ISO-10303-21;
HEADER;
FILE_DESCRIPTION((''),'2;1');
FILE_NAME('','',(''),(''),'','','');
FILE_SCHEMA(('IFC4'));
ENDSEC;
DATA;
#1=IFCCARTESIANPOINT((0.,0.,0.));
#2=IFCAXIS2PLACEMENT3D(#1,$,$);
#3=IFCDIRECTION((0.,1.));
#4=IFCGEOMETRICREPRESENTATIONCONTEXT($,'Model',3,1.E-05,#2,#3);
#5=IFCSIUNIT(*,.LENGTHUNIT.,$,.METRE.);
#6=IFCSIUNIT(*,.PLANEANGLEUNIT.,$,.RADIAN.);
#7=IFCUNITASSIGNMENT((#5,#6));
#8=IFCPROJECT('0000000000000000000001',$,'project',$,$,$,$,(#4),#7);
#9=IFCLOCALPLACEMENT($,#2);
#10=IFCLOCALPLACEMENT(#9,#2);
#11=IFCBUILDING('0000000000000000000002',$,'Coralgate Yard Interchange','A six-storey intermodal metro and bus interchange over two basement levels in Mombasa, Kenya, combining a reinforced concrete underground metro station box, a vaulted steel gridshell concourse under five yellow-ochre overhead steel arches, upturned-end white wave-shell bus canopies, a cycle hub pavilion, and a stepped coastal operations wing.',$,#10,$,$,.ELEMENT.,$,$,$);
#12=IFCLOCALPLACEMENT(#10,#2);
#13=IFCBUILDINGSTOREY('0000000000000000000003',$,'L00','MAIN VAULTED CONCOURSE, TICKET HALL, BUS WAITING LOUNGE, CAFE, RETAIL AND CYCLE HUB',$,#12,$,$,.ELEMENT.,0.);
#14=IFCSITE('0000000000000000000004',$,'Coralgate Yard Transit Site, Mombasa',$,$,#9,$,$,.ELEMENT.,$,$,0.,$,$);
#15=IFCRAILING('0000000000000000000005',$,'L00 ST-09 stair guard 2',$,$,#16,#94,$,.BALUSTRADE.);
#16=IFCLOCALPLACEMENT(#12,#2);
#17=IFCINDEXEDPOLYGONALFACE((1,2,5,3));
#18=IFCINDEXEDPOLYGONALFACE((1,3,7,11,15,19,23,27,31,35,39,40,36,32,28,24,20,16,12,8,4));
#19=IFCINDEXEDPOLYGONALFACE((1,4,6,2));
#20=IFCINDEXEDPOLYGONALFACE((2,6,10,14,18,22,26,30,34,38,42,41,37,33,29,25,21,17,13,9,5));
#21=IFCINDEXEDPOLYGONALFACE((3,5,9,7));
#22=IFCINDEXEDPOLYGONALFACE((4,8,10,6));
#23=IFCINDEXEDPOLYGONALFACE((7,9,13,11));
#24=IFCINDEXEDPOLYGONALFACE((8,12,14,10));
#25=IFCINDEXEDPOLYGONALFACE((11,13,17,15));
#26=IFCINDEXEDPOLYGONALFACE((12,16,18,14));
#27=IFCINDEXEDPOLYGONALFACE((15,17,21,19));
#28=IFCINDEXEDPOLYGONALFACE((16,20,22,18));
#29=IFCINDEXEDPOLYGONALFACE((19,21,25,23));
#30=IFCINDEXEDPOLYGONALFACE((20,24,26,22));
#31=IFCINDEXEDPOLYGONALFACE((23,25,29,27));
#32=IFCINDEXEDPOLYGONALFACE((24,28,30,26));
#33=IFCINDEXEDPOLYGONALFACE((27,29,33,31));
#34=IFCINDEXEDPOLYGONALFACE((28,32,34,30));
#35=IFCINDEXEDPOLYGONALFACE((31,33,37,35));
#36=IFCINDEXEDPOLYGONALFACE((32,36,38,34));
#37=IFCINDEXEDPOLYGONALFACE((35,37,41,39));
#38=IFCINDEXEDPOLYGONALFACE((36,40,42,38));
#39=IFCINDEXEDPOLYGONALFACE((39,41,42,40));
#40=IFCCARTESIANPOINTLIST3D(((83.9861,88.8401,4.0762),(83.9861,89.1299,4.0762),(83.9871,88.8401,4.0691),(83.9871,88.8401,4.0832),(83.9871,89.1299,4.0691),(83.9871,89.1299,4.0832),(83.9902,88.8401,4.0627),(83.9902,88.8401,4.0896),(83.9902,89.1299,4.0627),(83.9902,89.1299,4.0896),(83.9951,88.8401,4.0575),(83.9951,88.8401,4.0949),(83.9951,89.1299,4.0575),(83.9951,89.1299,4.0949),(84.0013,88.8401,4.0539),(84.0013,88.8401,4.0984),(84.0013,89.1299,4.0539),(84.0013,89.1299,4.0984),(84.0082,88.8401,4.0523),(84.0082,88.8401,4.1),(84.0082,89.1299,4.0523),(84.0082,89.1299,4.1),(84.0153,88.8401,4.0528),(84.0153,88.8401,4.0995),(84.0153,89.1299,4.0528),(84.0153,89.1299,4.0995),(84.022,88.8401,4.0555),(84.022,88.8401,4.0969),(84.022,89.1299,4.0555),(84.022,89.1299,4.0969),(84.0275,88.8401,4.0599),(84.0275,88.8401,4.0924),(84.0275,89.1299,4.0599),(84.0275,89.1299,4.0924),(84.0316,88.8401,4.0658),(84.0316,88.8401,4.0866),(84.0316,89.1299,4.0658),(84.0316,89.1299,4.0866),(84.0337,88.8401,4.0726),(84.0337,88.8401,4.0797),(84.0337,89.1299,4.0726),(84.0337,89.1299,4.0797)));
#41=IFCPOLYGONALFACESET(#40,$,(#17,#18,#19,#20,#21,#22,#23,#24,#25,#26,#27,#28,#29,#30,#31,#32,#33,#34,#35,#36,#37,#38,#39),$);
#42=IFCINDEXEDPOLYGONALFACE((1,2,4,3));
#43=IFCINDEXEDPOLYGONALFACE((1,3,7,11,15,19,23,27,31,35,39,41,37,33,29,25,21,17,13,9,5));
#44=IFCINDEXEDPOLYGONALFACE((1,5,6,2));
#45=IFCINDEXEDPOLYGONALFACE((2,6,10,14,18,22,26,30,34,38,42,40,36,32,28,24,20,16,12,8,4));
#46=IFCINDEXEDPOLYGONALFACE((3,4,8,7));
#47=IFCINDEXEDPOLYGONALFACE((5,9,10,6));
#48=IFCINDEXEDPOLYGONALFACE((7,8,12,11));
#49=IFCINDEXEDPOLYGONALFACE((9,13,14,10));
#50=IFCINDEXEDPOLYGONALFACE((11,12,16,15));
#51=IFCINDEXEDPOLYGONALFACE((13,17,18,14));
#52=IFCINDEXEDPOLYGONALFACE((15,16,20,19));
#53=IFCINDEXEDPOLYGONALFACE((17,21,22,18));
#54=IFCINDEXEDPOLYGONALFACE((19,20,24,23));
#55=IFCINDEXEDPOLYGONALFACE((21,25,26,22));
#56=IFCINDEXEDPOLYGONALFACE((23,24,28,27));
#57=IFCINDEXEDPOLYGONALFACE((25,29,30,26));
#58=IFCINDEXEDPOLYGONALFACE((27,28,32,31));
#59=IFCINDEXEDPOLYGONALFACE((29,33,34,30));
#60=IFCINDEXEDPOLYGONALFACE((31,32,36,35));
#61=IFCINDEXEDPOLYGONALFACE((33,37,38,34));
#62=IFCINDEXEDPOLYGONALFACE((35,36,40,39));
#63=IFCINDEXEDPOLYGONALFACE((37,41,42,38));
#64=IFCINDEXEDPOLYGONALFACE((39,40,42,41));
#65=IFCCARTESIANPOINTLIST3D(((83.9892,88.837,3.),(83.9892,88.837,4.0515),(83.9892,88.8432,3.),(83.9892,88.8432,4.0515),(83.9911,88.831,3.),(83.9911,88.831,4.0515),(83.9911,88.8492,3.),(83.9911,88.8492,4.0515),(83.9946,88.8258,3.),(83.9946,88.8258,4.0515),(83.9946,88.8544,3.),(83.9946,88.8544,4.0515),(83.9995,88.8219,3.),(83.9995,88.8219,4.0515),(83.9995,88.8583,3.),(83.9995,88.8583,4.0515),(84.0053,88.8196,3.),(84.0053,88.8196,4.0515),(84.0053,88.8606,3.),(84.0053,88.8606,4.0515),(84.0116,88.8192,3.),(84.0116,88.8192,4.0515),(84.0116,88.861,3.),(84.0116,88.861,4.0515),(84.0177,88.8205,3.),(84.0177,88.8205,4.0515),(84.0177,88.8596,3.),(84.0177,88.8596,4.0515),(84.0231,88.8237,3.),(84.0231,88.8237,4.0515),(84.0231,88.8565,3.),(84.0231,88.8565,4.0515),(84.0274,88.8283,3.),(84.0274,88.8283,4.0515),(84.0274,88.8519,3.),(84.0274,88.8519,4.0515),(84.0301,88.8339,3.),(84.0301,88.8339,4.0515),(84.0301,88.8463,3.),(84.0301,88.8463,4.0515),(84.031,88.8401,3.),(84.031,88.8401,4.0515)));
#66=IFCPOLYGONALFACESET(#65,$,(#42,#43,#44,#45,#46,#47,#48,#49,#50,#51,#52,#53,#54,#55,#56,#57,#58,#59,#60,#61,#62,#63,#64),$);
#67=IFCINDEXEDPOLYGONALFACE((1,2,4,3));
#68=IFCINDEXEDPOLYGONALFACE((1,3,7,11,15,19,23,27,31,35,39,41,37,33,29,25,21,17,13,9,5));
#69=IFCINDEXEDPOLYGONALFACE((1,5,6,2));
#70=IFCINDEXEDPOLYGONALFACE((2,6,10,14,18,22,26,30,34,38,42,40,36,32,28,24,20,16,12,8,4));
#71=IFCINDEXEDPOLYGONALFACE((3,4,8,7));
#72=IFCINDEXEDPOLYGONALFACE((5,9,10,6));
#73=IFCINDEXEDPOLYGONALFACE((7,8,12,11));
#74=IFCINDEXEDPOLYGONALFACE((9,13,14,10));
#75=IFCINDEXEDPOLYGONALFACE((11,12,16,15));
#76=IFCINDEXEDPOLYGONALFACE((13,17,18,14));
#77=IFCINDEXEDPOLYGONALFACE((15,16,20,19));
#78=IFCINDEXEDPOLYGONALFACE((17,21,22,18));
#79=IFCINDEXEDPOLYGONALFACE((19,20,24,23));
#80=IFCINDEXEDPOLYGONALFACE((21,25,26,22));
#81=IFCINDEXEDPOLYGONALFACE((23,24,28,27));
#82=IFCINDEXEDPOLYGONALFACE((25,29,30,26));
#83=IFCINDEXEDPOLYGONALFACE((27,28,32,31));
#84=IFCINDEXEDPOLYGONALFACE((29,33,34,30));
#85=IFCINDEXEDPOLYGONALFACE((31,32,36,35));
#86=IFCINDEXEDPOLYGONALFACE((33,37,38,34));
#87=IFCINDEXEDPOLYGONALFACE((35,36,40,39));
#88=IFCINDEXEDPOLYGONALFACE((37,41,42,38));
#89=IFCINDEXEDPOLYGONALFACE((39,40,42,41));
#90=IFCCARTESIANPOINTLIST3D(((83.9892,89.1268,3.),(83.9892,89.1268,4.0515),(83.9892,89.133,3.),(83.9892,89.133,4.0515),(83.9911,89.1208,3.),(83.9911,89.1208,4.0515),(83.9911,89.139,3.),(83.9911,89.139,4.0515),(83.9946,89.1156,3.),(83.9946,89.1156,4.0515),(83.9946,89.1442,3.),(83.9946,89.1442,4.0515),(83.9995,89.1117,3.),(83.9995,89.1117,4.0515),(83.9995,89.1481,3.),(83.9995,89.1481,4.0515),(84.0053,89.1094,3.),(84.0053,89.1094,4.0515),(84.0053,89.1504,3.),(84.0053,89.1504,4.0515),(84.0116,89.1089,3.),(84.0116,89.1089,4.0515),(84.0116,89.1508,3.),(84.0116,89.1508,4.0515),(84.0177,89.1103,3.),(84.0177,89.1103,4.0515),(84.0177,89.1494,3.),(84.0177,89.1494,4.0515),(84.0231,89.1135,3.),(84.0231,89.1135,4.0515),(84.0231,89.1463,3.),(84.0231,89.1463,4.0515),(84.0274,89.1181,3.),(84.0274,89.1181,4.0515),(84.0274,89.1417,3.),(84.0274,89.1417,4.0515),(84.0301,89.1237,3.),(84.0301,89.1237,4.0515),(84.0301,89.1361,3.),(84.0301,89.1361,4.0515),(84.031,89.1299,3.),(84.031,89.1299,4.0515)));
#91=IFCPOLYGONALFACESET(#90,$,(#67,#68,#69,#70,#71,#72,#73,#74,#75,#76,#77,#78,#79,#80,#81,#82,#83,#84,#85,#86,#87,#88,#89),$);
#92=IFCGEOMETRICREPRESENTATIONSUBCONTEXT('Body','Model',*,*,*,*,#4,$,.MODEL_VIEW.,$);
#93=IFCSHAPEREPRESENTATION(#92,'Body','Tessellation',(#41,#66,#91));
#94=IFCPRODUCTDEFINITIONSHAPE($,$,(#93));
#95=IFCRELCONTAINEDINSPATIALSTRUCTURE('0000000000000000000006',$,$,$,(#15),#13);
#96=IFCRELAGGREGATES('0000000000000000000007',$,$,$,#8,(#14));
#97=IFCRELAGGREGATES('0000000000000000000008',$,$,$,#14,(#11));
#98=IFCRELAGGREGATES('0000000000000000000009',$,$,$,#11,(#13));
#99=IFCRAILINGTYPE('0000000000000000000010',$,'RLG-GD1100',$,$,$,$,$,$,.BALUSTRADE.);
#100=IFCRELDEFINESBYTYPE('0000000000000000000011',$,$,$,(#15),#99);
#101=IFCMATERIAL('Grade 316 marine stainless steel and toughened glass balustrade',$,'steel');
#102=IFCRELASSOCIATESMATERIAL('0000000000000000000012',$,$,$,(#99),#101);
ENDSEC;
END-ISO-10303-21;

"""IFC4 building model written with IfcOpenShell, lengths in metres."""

from ifc_helpers import new_model, si_unit, direction, frame, origin, origin_2d, place, context, subcontext, project, spatial, circle, extrude, material, type_object, element, save


model = new_model("IFC4")

# Units and contexts
model_context = context("Model", 3, precision=1e-05, world=origin(), true_north=direction((0.0, 1.0)))
body_context = subcontext(model_context, "Body", "Model", "MODEL_VIEW")
ifc_project = project(units=[si_unit("LENGTHUNIT", "METRE"), si_unit("PLANEANGLEUNIT", "RADIAN")], contexts=[model_context])

# Site, building, storey
site_placement = place(None, origin())
site = spatial("IfcSite", under=ifc_project, at=site_placement, Name="Coralgate Yard Transit Site, Mombasa", CompositionType="ELEMENT", RefElevation=0.0)
building_placement = place(site_placement, origin())
building = spatial("IfcBuilding", under=site, at=building_placement, Name="Coralgate Yard Interchange", Description="A six-storey intermodal metro and bus interchange over two basement levels in Mombasa, Kenya, combining a reinforced concrete underground metro station box, a vaulted steel gridshell concourse under five yellow-ochre overhead steel arches, upturned-end white wave-shell bus canopies, a cycle hub pavilion, and a stepped coastal operations wing.", CompositionType="ELEMENT")
storey_placement = place(building_placement, origin())
storey = spatial("IfcBuildingStorey", under=building, at=storey_placement, Name="L00", Description="MAIN VAULTED CONCOURSE, TICKET HALL, BUS WAITING LOUNGE, CAFE, RETAIL AND CYCLE HUB", CompositionType="ELEMENT", Elevation=0.0)

# Railing
ifc_material_1 = material(Name="Grade 316 marine stainless steel and toughened glass balustrade", Category="steel")
railing_type_1 = type_object("IfcRailingType", Name="RLG-GD1100", PredefinedType="BALUSTRADE", material=ifc_material_1)
railing_1_placement = place(storey_placement, frame((84.01, 88.8401, 3.0)))
element("IfcRailing", 1, at=railing_1_placement, inside=storey, type_object=railing_type_1, Name="L00 ST-09 stair guard 2", PredefinedType="BALUSTRADE", context=body_context, shape_type="SweptSolid", body=[
    extrude(circle(Radius=0.0239, at=origin_2d()), frame((0.0, 0.0, 1.0762), z_axis=(0.0, 1.0, 0.0), x_axis=(-1.0, 0.0, 0.0)), (0.0, 0.0, 1.0), 0.2898),
    extrude(circle(Radius=0.021, at=origin_2d()), origin(), (0.0, 0.0, 1.0), 1.0515),
    extrude(circle(Radius=0.021, at=origin_2d()), frame((0.0, 0.2898, 0.0)), (0.0, 0.0, 1.0), 1.0515),
])

save(model, "model.ifc")
